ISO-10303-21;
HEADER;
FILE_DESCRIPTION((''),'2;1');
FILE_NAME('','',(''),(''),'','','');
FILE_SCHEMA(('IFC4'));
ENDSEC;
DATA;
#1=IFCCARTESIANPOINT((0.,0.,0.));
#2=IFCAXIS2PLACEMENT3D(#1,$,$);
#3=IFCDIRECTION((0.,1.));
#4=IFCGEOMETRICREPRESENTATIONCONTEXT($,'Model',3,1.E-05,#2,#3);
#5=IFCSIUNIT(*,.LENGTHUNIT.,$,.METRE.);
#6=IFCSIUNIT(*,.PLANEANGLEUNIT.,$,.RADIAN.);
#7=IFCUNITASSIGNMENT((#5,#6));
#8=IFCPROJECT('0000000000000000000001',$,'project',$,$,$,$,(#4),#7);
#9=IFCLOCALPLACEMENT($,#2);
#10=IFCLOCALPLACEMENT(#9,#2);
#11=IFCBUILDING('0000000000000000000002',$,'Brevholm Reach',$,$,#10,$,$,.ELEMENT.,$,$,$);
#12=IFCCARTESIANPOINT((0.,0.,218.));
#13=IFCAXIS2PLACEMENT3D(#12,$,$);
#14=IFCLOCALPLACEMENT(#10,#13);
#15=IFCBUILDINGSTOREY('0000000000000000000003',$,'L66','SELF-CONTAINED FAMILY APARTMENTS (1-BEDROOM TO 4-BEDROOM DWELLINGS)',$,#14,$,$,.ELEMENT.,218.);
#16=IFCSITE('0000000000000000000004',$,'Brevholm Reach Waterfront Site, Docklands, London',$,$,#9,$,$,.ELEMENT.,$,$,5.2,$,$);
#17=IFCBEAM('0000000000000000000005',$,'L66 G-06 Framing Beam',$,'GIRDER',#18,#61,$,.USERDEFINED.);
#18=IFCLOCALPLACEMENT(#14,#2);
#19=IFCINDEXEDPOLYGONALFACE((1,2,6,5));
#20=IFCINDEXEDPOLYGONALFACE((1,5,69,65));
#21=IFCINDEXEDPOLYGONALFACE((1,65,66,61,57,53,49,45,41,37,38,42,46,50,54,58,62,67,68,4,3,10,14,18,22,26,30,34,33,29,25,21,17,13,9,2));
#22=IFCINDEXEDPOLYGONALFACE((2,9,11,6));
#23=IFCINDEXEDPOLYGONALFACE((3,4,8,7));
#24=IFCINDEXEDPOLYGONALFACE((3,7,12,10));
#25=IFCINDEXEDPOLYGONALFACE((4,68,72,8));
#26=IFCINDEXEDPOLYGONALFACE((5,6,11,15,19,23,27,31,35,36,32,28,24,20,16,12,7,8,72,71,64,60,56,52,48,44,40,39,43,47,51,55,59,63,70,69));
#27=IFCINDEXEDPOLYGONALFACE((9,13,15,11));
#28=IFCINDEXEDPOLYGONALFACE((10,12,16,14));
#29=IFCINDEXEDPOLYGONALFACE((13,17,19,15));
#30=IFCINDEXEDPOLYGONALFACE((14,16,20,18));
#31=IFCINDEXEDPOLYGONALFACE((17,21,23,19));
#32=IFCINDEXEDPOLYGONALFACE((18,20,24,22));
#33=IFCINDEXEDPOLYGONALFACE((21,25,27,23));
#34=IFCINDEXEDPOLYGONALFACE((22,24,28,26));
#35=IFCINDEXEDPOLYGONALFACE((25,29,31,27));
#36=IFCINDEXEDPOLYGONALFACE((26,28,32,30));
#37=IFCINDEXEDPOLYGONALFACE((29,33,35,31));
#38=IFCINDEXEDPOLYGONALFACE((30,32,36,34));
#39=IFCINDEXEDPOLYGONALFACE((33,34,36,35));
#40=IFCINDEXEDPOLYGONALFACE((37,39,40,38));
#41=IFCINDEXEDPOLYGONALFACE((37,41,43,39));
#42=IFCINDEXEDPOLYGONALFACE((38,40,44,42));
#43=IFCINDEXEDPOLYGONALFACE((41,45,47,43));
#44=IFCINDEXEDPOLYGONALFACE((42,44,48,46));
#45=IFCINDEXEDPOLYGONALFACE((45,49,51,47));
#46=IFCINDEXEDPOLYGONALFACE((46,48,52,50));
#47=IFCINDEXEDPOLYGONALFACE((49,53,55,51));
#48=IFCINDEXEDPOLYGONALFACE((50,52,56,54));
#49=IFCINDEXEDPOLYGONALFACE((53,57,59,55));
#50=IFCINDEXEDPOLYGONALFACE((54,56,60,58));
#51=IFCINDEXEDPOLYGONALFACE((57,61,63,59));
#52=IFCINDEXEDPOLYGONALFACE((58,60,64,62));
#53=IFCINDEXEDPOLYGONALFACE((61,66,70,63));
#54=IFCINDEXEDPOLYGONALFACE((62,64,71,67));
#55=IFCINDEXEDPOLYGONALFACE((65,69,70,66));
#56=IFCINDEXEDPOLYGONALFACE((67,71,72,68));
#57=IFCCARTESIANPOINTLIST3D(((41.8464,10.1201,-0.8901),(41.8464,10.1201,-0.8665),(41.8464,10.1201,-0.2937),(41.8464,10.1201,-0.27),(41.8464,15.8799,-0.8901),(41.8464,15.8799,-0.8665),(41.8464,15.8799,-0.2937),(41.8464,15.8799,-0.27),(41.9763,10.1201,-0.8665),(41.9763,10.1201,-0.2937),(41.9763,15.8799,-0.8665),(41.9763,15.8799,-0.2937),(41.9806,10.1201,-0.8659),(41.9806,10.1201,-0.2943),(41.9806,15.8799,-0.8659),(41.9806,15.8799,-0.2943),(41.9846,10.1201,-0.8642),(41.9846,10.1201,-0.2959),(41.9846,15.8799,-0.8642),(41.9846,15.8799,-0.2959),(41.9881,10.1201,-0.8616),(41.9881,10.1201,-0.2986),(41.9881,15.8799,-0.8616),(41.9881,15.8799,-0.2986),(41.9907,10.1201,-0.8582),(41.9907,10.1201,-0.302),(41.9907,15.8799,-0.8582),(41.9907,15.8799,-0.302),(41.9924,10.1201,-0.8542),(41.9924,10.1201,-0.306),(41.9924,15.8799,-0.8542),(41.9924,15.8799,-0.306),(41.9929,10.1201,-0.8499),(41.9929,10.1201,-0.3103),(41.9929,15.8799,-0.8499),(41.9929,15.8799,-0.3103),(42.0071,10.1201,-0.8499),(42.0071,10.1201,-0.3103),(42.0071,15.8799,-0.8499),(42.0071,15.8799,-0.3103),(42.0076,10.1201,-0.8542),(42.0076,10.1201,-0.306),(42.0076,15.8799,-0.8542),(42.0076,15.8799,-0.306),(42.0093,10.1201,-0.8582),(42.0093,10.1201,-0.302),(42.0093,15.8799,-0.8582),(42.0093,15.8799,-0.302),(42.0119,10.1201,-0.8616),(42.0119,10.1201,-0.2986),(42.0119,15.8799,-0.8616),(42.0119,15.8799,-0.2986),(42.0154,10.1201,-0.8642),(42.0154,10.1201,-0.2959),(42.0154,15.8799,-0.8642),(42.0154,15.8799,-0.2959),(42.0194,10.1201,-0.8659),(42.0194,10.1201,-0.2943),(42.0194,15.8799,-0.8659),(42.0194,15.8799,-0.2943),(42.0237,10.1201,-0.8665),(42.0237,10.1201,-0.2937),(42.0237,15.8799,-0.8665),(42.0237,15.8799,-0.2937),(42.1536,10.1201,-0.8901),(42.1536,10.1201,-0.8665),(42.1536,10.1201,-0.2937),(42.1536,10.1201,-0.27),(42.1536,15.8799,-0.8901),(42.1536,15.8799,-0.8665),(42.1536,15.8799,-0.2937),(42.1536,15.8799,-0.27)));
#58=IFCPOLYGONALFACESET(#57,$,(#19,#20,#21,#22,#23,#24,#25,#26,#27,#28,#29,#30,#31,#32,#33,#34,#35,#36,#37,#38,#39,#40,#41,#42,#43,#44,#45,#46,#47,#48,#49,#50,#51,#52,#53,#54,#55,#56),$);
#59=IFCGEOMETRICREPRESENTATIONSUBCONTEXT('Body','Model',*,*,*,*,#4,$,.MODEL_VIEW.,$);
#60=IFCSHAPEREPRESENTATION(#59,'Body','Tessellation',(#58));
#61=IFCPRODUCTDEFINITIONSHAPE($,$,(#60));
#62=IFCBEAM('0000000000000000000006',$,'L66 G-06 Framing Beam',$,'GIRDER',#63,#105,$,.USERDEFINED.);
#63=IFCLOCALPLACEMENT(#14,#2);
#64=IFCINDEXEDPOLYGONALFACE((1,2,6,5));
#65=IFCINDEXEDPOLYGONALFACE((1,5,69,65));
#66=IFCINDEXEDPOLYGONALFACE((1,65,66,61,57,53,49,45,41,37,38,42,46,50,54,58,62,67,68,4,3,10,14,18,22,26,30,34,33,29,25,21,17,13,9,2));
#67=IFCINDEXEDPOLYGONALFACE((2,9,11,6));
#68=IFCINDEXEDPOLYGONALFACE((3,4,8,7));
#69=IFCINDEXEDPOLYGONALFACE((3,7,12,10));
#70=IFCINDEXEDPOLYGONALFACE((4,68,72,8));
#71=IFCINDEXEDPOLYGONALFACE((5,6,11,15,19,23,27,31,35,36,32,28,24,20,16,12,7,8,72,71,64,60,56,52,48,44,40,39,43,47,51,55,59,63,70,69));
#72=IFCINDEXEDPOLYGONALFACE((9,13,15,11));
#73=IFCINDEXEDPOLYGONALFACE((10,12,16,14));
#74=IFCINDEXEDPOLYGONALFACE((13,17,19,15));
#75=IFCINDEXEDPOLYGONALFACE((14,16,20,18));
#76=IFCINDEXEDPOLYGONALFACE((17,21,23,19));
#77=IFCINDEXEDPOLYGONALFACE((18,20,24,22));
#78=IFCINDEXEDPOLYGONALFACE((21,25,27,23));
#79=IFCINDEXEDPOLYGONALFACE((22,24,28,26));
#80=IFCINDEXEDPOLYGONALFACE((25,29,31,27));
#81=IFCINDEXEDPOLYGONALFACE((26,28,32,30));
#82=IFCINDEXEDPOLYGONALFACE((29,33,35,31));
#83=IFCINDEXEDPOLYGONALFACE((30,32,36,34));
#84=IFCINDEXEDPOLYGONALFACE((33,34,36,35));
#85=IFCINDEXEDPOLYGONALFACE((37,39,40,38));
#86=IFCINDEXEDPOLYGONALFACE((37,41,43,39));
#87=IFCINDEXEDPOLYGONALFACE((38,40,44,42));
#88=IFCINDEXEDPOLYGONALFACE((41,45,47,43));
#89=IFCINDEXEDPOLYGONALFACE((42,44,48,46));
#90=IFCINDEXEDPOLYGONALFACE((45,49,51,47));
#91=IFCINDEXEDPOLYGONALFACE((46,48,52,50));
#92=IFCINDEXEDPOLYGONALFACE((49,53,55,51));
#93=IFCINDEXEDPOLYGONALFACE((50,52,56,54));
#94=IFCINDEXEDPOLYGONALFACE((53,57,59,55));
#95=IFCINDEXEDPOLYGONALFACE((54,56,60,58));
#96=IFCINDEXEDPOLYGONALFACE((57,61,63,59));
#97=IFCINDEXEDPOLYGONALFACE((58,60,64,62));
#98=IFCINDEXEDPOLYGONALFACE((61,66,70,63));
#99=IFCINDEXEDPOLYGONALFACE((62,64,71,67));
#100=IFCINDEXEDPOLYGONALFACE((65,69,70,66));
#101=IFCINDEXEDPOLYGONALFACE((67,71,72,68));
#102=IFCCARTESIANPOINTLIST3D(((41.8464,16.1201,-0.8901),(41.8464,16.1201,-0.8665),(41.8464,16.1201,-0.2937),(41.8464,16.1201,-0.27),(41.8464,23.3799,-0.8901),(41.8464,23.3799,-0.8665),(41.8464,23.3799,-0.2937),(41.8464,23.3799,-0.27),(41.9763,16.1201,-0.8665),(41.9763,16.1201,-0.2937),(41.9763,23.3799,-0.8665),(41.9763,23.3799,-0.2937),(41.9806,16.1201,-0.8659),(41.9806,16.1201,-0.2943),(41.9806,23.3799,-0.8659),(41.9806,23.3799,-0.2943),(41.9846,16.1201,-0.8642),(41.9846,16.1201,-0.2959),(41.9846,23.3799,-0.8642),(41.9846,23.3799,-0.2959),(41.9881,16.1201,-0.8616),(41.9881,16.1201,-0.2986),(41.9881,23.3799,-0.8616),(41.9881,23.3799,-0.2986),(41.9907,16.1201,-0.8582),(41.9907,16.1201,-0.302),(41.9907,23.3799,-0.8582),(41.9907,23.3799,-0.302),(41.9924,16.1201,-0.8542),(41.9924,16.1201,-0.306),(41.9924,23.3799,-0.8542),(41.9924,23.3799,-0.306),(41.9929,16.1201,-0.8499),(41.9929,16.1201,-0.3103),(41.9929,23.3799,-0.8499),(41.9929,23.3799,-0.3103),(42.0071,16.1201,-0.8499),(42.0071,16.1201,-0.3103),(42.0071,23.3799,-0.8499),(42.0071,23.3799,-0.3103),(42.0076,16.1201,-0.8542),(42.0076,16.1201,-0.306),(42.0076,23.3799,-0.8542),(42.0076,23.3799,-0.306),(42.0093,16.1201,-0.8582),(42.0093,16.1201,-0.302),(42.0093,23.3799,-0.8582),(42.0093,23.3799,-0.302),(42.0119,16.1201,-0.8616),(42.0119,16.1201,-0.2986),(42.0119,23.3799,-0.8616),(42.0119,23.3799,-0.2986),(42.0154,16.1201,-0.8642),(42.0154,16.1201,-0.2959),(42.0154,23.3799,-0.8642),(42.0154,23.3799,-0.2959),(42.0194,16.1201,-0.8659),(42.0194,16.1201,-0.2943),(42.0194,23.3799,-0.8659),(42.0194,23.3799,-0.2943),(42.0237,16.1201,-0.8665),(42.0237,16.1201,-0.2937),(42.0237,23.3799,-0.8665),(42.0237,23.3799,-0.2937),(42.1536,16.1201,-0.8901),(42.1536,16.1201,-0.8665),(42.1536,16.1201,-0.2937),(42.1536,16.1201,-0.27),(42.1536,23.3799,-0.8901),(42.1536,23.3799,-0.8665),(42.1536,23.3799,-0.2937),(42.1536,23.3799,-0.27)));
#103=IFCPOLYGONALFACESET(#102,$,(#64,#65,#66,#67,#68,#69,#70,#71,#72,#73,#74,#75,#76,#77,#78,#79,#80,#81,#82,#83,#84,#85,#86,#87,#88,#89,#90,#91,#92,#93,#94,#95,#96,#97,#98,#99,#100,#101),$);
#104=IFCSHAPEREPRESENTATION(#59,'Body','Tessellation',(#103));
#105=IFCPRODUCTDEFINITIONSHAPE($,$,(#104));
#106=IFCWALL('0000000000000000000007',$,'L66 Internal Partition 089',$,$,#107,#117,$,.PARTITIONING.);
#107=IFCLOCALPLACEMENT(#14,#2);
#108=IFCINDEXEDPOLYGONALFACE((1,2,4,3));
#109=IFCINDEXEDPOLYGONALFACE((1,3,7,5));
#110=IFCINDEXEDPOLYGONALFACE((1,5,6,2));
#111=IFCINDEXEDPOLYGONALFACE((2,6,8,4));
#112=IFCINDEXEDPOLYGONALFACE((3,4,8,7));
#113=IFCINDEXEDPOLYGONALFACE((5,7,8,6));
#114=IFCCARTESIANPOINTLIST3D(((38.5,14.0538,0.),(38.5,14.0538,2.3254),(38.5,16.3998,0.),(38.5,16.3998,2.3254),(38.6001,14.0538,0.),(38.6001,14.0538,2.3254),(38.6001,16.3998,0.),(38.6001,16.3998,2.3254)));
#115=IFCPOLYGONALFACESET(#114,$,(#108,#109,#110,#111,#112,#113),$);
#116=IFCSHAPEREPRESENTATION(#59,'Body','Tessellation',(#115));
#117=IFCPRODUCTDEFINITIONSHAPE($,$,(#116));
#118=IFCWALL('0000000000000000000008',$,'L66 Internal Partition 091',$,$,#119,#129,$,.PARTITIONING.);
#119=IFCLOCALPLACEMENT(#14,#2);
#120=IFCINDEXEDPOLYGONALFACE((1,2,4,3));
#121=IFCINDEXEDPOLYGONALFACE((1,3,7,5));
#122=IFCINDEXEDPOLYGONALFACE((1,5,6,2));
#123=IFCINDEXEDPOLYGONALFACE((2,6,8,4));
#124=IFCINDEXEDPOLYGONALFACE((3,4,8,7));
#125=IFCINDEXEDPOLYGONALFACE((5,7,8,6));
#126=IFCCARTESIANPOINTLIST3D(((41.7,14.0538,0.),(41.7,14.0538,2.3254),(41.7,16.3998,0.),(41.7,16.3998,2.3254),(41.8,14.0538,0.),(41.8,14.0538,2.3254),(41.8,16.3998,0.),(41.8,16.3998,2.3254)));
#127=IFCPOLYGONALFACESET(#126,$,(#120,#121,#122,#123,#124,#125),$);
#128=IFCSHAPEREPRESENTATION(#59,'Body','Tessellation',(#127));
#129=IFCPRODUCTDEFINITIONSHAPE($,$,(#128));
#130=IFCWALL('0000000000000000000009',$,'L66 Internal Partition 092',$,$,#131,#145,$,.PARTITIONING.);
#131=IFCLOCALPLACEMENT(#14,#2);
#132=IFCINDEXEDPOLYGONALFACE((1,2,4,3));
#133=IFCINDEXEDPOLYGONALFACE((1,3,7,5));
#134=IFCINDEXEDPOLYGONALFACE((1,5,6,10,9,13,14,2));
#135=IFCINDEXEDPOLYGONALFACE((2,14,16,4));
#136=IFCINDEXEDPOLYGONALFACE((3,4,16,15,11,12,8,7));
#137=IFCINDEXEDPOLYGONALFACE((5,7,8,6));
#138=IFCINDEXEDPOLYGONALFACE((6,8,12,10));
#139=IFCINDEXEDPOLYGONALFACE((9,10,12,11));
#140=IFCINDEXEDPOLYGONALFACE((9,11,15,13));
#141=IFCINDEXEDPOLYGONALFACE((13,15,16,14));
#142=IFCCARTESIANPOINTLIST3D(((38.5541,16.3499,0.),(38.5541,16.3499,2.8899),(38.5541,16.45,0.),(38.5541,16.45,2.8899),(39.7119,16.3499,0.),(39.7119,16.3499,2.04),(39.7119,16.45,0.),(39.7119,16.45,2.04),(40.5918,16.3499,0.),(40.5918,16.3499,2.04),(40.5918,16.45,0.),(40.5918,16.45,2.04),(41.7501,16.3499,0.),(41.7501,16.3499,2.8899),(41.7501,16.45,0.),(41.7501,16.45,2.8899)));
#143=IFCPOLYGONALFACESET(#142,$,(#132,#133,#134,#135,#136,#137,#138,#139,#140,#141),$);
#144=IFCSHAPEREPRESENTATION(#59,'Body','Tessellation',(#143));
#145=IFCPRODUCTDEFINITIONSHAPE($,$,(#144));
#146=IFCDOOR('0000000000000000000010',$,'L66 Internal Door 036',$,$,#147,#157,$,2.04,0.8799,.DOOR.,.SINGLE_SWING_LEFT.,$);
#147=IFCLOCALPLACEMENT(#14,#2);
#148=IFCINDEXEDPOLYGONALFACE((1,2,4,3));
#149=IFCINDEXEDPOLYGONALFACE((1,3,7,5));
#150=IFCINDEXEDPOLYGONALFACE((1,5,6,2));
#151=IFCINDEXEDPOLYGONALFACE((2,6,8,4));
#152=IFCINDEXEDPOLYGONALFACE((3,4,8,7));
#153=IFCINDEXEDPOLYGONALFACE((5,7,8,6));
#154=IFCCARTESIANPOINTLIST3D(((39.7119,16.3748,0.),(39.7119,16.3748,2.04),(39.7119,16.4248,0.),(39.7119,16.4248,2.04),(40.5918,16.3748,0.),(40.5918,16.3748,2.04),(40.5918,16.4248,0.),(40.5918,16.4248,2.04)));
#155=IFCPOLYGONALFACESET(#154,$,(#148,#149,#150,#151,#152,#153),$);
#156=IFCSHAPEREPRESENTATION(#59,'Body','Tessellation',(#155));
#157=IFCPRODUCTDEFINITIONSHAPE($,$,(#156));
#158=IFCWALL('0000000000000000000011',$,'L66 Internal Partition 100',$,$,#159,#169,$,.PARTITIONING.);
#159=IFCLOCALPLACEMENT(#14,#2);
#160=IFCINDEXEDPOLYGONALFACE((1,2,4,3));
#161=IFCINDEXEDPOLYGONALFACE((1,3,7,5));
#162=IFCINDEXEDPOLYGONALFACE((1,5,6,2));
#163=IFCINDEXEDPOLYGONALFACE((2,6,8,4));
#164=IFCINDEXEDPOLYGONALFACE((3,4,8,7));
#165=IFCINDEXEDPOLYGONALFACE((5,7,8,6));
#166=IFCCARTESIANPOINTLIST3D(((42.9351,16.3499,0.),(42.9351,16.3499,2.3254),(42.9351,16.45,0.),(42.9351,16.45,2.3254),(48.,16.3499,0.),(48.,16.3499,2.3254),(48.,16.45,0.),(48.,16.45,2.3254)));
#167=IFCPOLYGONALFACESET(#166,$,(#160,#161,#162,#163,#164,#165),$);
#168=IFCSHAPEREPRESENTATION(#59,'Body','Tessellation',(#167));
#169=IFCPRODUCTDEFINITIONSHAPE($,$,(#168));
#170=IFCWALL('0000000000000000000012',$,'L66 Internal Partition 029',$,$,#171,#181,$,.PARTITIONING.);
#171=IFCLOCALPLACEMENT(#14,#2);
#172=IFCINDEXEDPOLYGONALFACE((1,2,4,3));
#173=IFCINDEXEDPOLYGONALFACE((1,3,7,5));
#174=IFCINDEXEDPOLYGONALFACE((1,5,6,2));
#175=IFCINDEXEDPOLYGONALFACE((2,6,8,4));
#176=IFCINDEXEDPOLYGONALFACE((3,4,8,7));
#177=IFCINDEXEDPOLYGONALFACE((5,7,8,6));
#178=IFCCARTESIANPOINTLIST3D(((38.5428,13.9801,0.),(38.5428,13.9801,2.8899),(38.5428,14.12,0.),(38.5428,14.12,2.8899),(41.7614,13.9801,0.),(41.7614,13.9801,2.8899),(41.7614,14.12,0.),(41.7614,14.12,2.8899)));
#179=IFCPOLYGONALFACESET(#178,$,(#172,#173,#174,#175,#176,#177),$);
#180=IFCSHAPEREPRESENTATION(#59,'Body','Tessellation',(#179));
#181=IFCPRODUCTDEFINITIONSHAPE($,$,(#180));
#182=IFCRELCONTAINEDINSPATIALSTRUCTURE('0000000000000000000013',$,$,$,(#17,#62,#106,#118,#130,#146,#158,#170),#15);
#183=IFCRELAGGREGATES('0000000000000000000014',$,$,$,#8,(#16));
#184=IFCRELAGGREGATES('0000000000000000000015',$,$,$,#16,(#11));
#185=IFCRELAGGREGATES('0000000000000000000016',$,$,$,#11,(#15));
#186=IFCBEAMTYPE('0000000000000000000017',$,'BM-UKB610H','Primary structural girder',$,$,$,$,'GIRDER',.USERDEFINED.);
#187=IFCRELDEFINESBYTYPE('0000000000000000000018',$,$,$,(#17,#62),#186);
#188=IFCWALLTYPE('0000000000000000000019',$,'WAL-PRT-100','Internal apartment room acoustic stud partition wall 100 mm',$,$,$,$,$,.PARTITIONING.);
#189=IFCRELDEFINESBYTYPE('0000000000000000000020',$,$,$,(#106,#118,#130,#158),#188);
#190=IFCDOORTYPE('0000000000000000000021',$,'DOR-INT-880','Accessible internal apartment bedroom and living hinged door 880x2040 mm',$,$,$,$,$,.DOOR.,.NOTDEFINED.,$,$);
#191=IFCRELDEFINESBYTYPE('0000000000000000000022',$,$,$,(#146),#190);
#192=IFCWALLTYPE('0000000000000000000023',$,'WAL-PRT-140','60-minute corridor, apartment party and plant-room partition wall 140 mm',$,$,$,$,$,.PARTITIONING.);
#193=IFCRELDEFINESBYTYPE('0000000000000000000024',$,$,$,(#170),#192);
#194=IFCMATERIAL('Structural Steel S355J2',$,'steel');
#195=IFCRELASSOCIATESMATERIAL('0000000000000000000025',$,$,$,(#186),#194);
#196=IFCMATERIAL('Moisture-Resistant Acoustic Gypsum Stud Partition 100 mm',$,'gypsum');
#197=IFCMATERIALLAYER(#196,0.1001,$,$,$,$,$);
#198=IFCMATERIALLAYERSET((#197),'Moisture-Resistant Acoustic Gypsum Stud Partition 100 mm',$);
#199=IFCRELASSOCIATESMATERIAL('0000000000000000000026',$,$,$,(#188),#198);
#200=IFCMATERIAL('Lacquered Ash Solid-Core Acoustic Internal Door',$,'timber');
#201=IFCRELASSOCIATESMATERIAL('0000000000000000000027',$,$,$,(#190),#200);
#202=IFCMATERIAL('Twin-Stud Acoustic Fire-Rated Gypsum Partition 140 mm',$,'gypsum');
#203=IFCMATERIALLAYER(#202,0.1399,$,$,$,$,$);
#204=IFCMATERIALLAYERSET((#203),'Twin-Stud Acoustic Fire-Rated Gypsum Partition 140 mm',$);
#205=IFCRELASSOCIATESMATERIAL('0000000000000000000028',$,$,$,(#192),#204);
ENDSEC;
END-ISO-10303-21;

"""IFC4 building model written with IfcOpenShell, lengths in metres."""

from ifc_helpers import new_model, si_unit, direction, frame, frame_2d, origin, origin_2d, place, context, subcontext, project, spatial, rectangle, i_section, extrude, material, layer, layer_set, material_profile, profile_set, type_object, element, fill, save


model = new_model("IFC4")

# Units and contexts
model_context = context("Model", 3, precision=1e-05, world=origin(), true_north=direction((0.0, 1.0)))
body_context = subcontext(model_context, "Body", "Model", "MODEL_VIEW")
ifc_project = project(units=[si_unit("LENGTHUNIT", "METRE"), si_unit("PLANEANGLEUNIT", "RADIAN")], contexts=[model_context])

# Site, building, storey
site_placement = place(None, origin())
site = spatial("IfcSite", under=ifc_project, at=site_placement, Name="Brevholm Reach Waterfront Site, Docklands, London", CompositionType="ELEMENT", RefElevation=5.2)
building_placement = place(site_placement, origin())
building = spatial("IfcBuilding", under=site, at=building_placement, Name="Brevholm Reach", CompositionType="ELEMENT")
storey_placement = place(building_placement, frame((0.0, 0.0, 218.0)))
storey = spatial("IfcBuildingStorey", under=building, at=storey_placement, Name="L66", Description="SELF-CONTAINED FAMILY APARTMENTS (1-BEDROOM TO 4-BEDROOM DWELLINGS)", CompositionType="ELEMENT", Elevation=218.0)

# Beams
ifc_material_1 = material(Name="Structural Steel S355J2", Category="steel")
ifc_material_profile_1 = material_profile(ifc_material_1, i_section(OverallWidth=0.3071, OverallDepth=0.6201, WebThickness=0.0142, FlangeThickness=0.0237, FilletRadius=0.0166, at=origin_2d()), Name="UKB 610x305x179")
ifc_profile_set_1 = profile_set([ifc_material_profile_1], Name="Structural Steel S355J2")
beam_type = type_object("IfcBeamType", Name="BM-UKB610H", Description="Primary structural girder", ElementType="GIRDER", PredefinedType="USERDEFINED", material=ifc_profile_set_1)
for number, where, z_axis, x_axis, name in (
    (1, (42.0, 10.1201, -0.5801), (0.0, 1.0, 0.0), (-1.0, 0.0, 0.0), "L66 G-06 Framing Beam"),
):
    element("IfcBeam", number, at=place(storey_placement, frame(where, z_axis=z_axis, x_axis=x_axis)), inside=storey, type_object=beam_type, Name=name, ObjectType="GIRDER", PredefinedType="USERDEFINED", context=body_context, shape_type="SweptSolid", body=[
        extrude(i_section(OverallWidth=0.3071, OverallDepth=0.6201, WebThickness=0.0142, FlangeThickness=0.0237, FilletRadius=0.0166, at=origin_2d()), origin(), (0.0, 0.0, 1.0), 5.7598),
    ])
beam_placement = place(storey_placement, frame((42.0, 16.1201, -0.5801), z_axis=(0.0, 1.0, 0.0), x_axis=(-1.0, 0.0, 0.0)))
element("IfcBeam", 2, at=beam_placement, inside=storey, type_object=beam_type, Name="L66 G-06 Framing Beam", ObjectType="GIRDER", PredefinedType="USERDEFINED", context=body_context, shape_type="SweptSolid", body=[
    extrude(i_section(OverallWidth=0.3071, OverallDepth=0.6201, WebThickness=0.0142, FlangeThickness=0.0237, FilletRadius=0.0166, at=origin_2d()), origin(), (0.0, 0.0, 1.0), 7.2598),
])

# Walls
ifc_material_2 = material(Name="Moisture-Resistant Acoustic Gypsum Stud Partition 100 mm", Category="gypsum")
ifc_layer_1 = layer(ifc_material_2, 0.1001)
ifc_layer_set_1 = layer_set([ifc_layer_1], Name="Moisture-Resistant Acoustic Gypsum Stud Partition 100 mm")
wall_type_1 = type_object("IfcWallType", Name="WAL-PRT-100", Description="Internal apartment room acoustic stud partition wall 100 mm", PredefinedType="PARTITIONING", material=ifc_layer_set_1)
for number, where, z_axis, x_axis, name in (
    (3, (38.55, 14.054, 0.0), (0.0, 0.0, 1.0), (0.0, 1.0, 0.0), "L66 Internal Partition 089"),
    (4, (41.75, 14.054, 0.0), (0.0, 0.0, 1.0), (0.0, 1.0, 0.0), "L66 Internal Partition 091"),
):
    element("IfcWall", number, at=place(storey_placement, frame(where, z_axis=z_axis, x_axis=x_axis)), inside=storey, type_object=wall_type_1, Name=name, PredefinedType="PARTITIONING", context=body_context, shape_type="SweptSolid", body=[
        extrude(rectangle(XDim=2.3459, YDim=0.1001, at=frame_2d((1.1729, 0.0))), origin(), (0.0, 0.0, 1.0), 2.3254),
    ])

# Wall, opening, door
wall_1_placement = place(storey_placement, frame((38.554, 16.3999, 0.0), z_axis=(0.0, 0.0, 1.0), x_axis=(1.0, 0.0, 0.0)))
wall_1 = element("IfcWall", 5, at=wall_1_placement, inside=storey, type_object=wall_type_1, Name="L66 Internal Partition 092", PredefinedType="PARTITIONING", context=body_context, shape_type="SweptSolid", body=[
    extrude(rectangle(XDim=3.196, YDim=0.1001, at=frame_2d((1.5981, 0.0))), origin(), (0.0, 0.0, 1.0), 2.8899),
])
opening_1_placement = place(wall_1_placement, frame((1.158, 0.0, 0.0)))
opening_1 = element("IfcOpeningElement", 6, at=opening_1_placement, cuts=wall_1, PredefinedType="OPENING", context=body_context, shape_type="SweptSolid", body=[
    extrude(rectangle(XDim=0.8799, YDim=2.04, at=frame_2d((0.4399, 1.02))), frame((0.0, 0.0601, 0.0), z_axis=(0.0, -1.0, 0.0), x_axis=(1.0, 0.0, 0.0)), (0.0, 0.0, 1.0), 0.1201),
])
ifc_material_3 = material(Name="Lacquered Ash Solid-Core Acoustic Internal Door", Category="timber")
door_type_1 = type_object("IfcDoorType", Name="DOR-INT-880", Description="Accessible internal apartment bedroom and living hinged door 880x2040 mm", OperationType="NOTDEFINED", PredefinedType="DOOR", material=ifc_material_3)
door_1_placement = place(opening_1_placement, origin())
door_1 = element("IfcDoor", 7, at=door_1_placement, inside=storey, type_object=door_type_1, Name="L66 Internal Door 036", OperationType="SINGLE_SWING_LEFT", OverallHeight=2.04, OverallWidth=0.8799, PredefinedType="DOOR", context=body_context, shape_type="SweptSolid", body=[
    extrude(rectangle(XDim=0.8799, YDim=2.04, at=frame_2d((0.4399, 1.02))), frame((0.0, 0.0249, 0.0), z_axis=(0.0, -1.0, 0.0), x_axis=(1.0, 0.0, 0.0)), (0.0, 0.0, 1.0), 0.05),
])
fill(opening_1, door_1)

# Walls
wall_2_placement = place(storey_placement, frame((42.9351, 16.3999, 0.0), z_axis=(0.0, 0.0, 1.0), x_axis=(1.0, 0.0, 0.0)))
element("IfcWall", 8, at=wall_2_placement, inside=storey, type_object=wall_type_1, Name="L66 Internal Partition 100", PredefinedType="PARTITIONING", context=body_context, shape_type="SweptSolid", body=[
    extrude(rectangle(XDim=5.0649, YDim=0.1001, at=frame_2d((2.5325, 0.0))), origin(), (0.0, 0.0, 1.0), 2.3254),
])
ifc_material_4 = material(Name="Twin-Stud Acoustic Fire-Rated Gypsum Partition 140 mm", Category="gypsum")
ifc_layer_2 = layer(ifc_material_4, 0.1399)
ifc_layer_set_2 = layer_set([ifc_layer_2], Name="Twin-Stud Acoustic Fire-Rated Gypsum Partition 140 mm")
wall_type_2 = type_object("IfcWallType", Name="WAL-PRT-140", Description="60-minute corridor, apartment party and plant-room partition wall 140 mm", PredefinedType="PARTITIONING", material=ifc_layer_set_2)
wall_3_placement = place(storey_placement, frame((38.5427, 14.05, 0.0), z_axis=(0.0, 0.0, 1.0), x_axis=(1.0, 0.0, 0.0)))
element("IfcWall", 9, at=wall_3_placement, inside=storey, type_object=wall_type_2, Name="L66 Internal Partition 029", PredefinedType="PARTITIONING", context=body_context, shape_type="SweptSolid", body=[
    extrude(rectangle(XDim=3.2185, YDim=0.1399, at=frame_2d((1.6094, 0.0))), origin(), (0.0, 0.0, 1.0), 2.8899),
])

save(model, "model.ifc")
